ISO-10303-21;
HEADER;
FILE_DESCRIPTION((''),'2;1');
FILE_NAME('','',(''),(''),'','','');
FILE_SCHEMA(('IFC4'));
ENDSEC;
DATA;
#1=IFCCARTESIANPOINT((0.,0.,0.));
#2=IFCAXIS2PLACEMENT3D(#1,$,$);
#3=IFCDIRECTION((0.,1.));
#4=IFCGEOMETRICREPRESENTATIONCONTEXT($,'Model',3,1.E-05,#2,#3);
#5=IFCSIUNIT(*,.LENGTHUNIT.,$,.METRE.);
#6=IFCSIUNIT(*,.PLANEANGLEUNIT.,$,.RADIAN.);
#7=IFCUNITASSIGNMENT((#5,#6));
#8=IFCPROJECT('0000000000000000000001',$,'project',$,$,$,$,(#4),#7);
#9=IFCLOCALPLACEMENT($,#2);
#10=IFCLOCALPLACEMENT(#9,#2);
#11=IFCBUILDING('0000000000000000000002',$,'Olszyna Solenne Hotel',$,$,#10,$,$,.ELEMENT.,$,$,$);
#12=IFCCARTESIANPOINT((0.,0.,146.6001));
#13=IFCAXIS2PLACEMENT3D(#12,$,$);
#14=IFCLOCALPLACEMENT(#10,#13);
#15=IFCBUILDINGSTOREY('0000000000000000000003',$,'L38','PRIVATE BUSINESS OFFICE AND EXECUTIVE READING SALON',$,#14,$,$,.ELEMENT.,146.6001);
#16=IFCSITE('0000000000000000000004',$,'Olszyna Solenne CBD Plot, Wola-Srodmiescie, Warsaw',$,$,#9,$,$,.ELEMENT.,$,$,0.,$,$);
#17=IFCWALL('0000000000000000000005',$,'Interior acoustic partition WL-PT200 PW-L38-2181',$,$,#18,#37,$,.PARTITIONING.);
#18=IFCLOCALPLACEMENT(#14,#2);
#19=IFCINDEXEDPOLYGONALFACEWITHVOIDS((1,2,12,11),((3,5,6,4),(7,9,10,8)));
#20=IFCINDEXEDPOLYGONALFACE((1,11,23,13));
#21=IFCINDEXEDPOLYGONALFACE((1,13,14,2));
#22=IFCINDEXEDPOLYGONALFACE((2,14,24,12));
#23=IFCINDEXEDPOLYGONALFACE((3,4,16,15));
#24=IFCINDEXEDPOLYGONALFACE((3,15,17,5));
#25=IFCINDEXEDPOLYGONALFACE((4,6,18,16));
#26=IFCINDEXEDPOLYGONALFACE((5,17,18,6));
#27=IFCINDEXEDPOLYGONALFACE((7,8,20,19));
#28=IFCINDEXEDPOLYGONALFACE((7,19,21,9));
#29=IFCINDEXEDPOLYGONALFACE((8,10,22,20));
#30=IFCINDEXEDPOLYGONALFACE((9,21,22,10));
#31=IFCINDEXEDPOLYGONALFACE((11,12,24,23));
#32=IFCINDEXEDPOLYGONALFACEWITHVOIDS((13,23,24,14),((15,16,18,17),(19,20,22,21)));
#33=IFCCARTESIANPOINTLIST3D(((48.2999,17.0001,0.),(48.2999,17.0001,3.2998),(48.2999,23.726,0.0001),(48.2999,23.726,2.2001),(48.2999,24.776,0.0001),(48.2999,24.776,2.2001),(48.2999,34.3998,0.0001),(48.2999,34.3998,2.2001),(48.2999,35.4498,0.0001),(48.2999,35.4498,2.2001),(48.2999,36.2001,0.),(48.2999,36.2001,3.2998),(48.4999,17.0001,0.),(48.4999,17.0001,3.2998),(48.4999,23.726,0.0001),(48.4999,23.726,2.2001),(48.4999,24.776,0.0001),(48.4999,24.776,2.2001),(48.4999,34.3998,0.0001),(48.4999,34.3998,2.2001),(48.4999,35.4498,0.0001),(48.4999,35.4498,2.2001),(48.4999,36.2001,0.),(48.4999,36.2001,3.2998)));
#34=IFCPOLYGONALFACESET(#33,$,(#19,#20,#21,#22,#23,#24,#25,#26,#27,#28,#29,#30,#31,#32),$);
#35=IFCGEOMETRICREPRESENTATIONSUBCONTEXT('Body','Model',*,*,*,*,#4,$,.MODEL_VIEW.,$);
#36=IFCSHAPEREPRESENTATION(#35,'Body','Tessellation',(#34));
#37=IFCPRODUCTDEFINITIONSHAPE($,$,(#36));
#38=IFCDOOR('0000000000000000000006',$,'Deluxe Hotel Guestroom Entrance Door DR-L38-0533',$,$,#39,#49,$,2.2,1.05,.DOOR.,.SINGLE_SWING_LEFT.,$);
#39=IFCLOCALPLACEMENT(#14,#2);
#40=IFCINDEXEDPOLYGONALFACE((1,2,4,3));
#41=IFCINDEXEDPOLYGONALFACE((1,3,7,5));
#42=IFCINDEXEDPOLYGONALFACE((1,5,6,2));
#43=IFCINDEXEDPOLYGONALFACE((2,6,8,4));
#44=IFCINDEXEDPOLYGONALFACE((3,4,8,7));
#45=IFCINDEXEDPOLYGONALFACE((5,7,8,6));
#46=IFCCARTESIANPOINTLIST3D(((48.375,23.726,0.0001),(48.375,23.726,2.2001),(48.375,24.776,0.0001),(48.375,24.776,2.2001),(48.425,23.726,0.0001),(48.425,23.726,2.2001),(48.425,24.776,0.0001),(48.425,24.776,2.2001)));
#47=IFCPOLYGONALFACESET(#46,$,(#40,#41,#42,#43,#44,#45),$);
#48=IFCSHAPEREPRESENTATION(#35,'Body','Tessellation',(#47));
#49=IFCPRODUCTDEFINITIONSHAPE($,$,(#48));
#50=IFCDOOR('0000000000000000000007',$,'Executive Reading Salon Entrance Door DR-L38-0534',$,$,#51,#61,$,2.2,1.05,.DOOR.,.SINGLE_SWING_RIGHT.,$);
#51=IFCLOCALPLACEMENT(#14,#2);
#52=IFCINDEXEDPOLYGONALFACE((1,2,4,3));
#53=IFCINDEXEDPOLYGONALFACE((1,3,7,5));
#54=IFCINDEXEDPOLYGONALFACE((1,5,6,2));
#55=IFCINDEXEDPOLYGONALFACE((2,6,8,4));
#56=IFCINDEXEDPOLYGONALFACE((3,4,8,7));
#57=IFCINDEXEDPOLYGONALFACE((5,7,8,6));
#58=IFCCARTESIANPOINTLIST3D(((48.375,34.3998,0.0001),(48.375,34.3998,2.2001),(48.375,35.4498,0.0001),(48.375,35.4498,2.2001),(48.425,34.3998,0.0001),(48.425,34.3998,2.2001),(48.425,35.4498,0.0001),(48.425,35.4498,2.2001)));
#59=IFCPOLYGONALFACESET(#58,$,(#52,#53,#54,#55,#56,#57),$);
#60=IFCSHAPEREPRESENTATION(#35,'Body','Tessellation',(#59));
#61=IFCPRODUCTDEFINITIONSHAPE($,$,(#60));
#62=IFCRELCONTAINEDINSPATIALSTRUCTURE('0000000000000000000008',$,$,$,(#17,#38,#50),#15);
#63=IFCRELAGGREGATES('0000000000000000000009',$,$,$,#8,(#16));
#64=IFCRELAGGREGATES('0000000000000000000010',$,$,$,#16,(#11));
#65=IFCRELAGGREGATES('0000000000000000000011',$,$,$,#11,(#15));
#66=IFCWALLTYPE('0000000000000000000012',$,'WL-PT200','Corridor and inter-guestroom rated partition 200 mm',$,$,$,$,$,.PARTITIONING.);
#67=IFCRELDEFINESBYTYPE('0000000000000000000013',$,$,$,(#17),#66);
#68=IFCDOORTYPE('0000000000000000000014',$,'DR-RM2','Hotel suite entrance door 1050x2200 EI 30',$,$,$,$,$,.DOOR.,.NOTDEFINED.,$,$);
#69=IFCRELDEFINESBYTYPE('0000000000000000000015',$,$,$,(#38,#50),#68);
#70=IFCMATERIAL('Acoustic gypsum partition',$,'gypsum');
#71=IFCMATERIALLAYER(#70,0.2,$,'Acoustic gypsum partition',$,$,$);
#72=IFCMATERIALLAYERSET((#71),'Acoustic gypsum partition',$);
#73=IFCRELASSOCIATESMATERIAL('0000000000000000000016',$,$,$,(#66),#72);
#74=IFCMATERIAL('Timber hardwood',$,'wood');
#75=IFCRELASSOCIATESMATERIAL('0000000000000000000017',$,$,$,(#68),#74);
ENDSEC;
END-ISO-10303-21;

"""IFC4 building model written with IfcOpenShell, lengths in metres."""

from ifc_helpers import new_model, si_unit, direction, frame, frame_2d, origin, place, context, subcontext, project, spatial, rectangle, extrude, source, transform, mapped, material, layer, layer_set, type_object, type_shapes, element, fill, save


model = new_model("IFC4")

# Units and contexts
model_context = context("Model", 3, precision=1e-05, world=origin(), true_north=direction((0.0, 1.0)))
body_context = subcontext(model_context, "Body", "Model", "MODEL_VIEW")
ifc_project = project(units=[si_unit("LENGTHUNIT", "METRE"), si_unit("PLANEANGLEUNIT", "RADIAN")], contexts=[model_context])

# Site, building, storey
site_placement = place(None, origin())
site = spatial("IfcSite", under=ifc_project, at=site_placement, Name="Olszyna Solenne CBD Plot, Wola-Srodmiescie, Warsaw", CompositionType="ELEMENT", RefElevation=0.0)
building_placement = place(site_placement, origin())
building = spatial("IfcBuilding", under=site, at=building_placement, Name="Olszyna Solenne Hotel", CompositionType="ELEMENT")
storey_placement = place(building_placement, frame((0.0, 0.0, 146.6001)))
storey = spatial("IfcBuildingStorey", under=building, at=storey_placement, Name="L38", Description="PRIVATE BUSINESS OFFICE AND EXECUTIVE READING SALON", CompositionType="ELEMENT", Elevation=146.6001)

# Shared definitions
ifc_material_1 = material(Name="Acoustic gypsum partition", Category="gypsum")
ifc_material_2 = material(Name="Timber hardwood", Category="wood")

# Shared definitions
ifc_layer_1 = layer(ifc_material_1, 0.2, Name="Acoustic gypsum partition")
ifc_layer_set_1 = layer_set([ifc_layer_1], Name="Acoustic gypsum partition")
wall_type_1 = type_object("IfcWallType", Name="WL-PT200", Description="Corridor and inter-guestroom rated partition 200 mm", PredefinedType="PARTITIONING", material=ifc_layer_set_1)

# Wall, openings, doors
wall_1_placement = place(storey_placement, frame((48.3999, 17.0, 0.0), z_axis=(0.0, 0.0, 1.0), x_axis=(0.0, 1.0, 0.0)))
wall_1 = element("IfcWall", 1, at=wall_1_placement, inside=storey, type_object=wall_type_1, Name="Interior acoustic partition WL-PT200 PW-L38-2181", PredefinedType="PARTITIONING", context=body_context, shape_type="SweptSolid", body=[
    extrude(rectangle(XDim=19.2, YDim=0.2, at=frame_2d((9.6001, 0.0))), origin(), (0.0, 0.0, 1.0), 3.2998),
])
opening_1_placement = place(wall_1_placement, frame((6.7261, 0.0, 0.0)))
opening_1 = element("IfcOpeningElement", 2, at=opening_1_placement, cuts=wall_1, PredefinedType="OPENING", context=body_context, shape_type="SweptSolid", body=[
    extrude(rectangle(XDim=1.05, YDim=2.2, at=frame_2d((0.5249, 1.1001))), frame((0.0, 0.1099, 0.0), z_axis=(0.0, -1.0, 0.0), x_axis=(1.0, 0.0, 0.0)), (0.0, 0.0, 1.0), 0.22),
])
opening_2_placement = place(wall_1_placement, frame((17.3999, 0.0, 0.0)))
opening_2 = element("IfcOpeningElement", 3, at=opening_2_placement, cuts=wall_1, PredefinedType="OPENING", context=body_context, shape_type="SweptSolid", body=[
    extrude(rectangle(XDim=1.05, YDim=2.2, at=frame_2d((0.5249, 1.1001))), frame((0.0, 0.1099, 0.0), z_axis=(0.0, -1.0, 0.0), x_axis=(1.0, 0.0, 0.0)), (0.0, 0.0, 1.0), 0.22),
])
door_type_1 = type_object("IfcDoorType", Name="DR-RM2", Description="Hotel suite entrance door 1050x2200 EI 30", OperationType="NOTDEFINED", PredefinedType="DOOR", material=ifc_material_2)
shared_shape_1 = source(origin(), body_context, "Body", "SweptSolid", [
    extrude(rectangle(XDim=1.05, YDim=2.2, at=frame_2d((0.5249, 1.1001))), frame((0.0, 0.0249, 0.0), z_axis=(0.0, -1.0, 0.0), x_axis=(1.0, 0.0, 0.0)), (0.0, 0.0, 1.0), 0.05),
])
type_shapes(door_type_1, [shared_shape_1])
door_1_placement = place(opening_1_placement, origin())
door_1 = element("IfcDoor", 4, at=door_1_placement, inside=storey, type_object=door_type_1, Name="Deluxe Hotel Guestroom Entrance Door DR-L38-0533", OperationType="SINGLE_SWING_LEFT", OverallHeight=2.2, OverallWidth=1.05, PredefinedType="DOOR", context=body_context, shape_type="MappedRepresentation", body=[
    mapped(shared_shape_1, transform((0.0, 0.0, 0.0), x_axis=(1.0, 0.0, 0.0), y_axis=(0.0, 1.0, 0.0), z_axis=(0.0, 0.0, 1.0), scale=1.0)),
])
fill(opening_1, door_1)
door_2_placement = place(opening_2_placement, origin())
door_2 = element("IfcDoor", 5, at=door_2_placement, inside=storey, type_object=door_type_1, Name="Executive Reading Salon Entrance Door DR-L38-0534", OperationType="SINGLE_SWING_RIGHT", OverallHeight=2.2, OverallWidth=1.05, PredefinedType="DOOR", context=body_context, shape_type="MappedRepresentation", body=[
    mapped(shared_shape_1, transform((0.0, 0.0, 0.0), x_axis=(1.0, 0.0, 0.0), y_axis=(0.0, 1.0, 0.0), z_axis=(0.0, 0.0, 1.0), scale=1.0)),
])
fill(opening_2, door_2)

save(model, "model.ifc")
